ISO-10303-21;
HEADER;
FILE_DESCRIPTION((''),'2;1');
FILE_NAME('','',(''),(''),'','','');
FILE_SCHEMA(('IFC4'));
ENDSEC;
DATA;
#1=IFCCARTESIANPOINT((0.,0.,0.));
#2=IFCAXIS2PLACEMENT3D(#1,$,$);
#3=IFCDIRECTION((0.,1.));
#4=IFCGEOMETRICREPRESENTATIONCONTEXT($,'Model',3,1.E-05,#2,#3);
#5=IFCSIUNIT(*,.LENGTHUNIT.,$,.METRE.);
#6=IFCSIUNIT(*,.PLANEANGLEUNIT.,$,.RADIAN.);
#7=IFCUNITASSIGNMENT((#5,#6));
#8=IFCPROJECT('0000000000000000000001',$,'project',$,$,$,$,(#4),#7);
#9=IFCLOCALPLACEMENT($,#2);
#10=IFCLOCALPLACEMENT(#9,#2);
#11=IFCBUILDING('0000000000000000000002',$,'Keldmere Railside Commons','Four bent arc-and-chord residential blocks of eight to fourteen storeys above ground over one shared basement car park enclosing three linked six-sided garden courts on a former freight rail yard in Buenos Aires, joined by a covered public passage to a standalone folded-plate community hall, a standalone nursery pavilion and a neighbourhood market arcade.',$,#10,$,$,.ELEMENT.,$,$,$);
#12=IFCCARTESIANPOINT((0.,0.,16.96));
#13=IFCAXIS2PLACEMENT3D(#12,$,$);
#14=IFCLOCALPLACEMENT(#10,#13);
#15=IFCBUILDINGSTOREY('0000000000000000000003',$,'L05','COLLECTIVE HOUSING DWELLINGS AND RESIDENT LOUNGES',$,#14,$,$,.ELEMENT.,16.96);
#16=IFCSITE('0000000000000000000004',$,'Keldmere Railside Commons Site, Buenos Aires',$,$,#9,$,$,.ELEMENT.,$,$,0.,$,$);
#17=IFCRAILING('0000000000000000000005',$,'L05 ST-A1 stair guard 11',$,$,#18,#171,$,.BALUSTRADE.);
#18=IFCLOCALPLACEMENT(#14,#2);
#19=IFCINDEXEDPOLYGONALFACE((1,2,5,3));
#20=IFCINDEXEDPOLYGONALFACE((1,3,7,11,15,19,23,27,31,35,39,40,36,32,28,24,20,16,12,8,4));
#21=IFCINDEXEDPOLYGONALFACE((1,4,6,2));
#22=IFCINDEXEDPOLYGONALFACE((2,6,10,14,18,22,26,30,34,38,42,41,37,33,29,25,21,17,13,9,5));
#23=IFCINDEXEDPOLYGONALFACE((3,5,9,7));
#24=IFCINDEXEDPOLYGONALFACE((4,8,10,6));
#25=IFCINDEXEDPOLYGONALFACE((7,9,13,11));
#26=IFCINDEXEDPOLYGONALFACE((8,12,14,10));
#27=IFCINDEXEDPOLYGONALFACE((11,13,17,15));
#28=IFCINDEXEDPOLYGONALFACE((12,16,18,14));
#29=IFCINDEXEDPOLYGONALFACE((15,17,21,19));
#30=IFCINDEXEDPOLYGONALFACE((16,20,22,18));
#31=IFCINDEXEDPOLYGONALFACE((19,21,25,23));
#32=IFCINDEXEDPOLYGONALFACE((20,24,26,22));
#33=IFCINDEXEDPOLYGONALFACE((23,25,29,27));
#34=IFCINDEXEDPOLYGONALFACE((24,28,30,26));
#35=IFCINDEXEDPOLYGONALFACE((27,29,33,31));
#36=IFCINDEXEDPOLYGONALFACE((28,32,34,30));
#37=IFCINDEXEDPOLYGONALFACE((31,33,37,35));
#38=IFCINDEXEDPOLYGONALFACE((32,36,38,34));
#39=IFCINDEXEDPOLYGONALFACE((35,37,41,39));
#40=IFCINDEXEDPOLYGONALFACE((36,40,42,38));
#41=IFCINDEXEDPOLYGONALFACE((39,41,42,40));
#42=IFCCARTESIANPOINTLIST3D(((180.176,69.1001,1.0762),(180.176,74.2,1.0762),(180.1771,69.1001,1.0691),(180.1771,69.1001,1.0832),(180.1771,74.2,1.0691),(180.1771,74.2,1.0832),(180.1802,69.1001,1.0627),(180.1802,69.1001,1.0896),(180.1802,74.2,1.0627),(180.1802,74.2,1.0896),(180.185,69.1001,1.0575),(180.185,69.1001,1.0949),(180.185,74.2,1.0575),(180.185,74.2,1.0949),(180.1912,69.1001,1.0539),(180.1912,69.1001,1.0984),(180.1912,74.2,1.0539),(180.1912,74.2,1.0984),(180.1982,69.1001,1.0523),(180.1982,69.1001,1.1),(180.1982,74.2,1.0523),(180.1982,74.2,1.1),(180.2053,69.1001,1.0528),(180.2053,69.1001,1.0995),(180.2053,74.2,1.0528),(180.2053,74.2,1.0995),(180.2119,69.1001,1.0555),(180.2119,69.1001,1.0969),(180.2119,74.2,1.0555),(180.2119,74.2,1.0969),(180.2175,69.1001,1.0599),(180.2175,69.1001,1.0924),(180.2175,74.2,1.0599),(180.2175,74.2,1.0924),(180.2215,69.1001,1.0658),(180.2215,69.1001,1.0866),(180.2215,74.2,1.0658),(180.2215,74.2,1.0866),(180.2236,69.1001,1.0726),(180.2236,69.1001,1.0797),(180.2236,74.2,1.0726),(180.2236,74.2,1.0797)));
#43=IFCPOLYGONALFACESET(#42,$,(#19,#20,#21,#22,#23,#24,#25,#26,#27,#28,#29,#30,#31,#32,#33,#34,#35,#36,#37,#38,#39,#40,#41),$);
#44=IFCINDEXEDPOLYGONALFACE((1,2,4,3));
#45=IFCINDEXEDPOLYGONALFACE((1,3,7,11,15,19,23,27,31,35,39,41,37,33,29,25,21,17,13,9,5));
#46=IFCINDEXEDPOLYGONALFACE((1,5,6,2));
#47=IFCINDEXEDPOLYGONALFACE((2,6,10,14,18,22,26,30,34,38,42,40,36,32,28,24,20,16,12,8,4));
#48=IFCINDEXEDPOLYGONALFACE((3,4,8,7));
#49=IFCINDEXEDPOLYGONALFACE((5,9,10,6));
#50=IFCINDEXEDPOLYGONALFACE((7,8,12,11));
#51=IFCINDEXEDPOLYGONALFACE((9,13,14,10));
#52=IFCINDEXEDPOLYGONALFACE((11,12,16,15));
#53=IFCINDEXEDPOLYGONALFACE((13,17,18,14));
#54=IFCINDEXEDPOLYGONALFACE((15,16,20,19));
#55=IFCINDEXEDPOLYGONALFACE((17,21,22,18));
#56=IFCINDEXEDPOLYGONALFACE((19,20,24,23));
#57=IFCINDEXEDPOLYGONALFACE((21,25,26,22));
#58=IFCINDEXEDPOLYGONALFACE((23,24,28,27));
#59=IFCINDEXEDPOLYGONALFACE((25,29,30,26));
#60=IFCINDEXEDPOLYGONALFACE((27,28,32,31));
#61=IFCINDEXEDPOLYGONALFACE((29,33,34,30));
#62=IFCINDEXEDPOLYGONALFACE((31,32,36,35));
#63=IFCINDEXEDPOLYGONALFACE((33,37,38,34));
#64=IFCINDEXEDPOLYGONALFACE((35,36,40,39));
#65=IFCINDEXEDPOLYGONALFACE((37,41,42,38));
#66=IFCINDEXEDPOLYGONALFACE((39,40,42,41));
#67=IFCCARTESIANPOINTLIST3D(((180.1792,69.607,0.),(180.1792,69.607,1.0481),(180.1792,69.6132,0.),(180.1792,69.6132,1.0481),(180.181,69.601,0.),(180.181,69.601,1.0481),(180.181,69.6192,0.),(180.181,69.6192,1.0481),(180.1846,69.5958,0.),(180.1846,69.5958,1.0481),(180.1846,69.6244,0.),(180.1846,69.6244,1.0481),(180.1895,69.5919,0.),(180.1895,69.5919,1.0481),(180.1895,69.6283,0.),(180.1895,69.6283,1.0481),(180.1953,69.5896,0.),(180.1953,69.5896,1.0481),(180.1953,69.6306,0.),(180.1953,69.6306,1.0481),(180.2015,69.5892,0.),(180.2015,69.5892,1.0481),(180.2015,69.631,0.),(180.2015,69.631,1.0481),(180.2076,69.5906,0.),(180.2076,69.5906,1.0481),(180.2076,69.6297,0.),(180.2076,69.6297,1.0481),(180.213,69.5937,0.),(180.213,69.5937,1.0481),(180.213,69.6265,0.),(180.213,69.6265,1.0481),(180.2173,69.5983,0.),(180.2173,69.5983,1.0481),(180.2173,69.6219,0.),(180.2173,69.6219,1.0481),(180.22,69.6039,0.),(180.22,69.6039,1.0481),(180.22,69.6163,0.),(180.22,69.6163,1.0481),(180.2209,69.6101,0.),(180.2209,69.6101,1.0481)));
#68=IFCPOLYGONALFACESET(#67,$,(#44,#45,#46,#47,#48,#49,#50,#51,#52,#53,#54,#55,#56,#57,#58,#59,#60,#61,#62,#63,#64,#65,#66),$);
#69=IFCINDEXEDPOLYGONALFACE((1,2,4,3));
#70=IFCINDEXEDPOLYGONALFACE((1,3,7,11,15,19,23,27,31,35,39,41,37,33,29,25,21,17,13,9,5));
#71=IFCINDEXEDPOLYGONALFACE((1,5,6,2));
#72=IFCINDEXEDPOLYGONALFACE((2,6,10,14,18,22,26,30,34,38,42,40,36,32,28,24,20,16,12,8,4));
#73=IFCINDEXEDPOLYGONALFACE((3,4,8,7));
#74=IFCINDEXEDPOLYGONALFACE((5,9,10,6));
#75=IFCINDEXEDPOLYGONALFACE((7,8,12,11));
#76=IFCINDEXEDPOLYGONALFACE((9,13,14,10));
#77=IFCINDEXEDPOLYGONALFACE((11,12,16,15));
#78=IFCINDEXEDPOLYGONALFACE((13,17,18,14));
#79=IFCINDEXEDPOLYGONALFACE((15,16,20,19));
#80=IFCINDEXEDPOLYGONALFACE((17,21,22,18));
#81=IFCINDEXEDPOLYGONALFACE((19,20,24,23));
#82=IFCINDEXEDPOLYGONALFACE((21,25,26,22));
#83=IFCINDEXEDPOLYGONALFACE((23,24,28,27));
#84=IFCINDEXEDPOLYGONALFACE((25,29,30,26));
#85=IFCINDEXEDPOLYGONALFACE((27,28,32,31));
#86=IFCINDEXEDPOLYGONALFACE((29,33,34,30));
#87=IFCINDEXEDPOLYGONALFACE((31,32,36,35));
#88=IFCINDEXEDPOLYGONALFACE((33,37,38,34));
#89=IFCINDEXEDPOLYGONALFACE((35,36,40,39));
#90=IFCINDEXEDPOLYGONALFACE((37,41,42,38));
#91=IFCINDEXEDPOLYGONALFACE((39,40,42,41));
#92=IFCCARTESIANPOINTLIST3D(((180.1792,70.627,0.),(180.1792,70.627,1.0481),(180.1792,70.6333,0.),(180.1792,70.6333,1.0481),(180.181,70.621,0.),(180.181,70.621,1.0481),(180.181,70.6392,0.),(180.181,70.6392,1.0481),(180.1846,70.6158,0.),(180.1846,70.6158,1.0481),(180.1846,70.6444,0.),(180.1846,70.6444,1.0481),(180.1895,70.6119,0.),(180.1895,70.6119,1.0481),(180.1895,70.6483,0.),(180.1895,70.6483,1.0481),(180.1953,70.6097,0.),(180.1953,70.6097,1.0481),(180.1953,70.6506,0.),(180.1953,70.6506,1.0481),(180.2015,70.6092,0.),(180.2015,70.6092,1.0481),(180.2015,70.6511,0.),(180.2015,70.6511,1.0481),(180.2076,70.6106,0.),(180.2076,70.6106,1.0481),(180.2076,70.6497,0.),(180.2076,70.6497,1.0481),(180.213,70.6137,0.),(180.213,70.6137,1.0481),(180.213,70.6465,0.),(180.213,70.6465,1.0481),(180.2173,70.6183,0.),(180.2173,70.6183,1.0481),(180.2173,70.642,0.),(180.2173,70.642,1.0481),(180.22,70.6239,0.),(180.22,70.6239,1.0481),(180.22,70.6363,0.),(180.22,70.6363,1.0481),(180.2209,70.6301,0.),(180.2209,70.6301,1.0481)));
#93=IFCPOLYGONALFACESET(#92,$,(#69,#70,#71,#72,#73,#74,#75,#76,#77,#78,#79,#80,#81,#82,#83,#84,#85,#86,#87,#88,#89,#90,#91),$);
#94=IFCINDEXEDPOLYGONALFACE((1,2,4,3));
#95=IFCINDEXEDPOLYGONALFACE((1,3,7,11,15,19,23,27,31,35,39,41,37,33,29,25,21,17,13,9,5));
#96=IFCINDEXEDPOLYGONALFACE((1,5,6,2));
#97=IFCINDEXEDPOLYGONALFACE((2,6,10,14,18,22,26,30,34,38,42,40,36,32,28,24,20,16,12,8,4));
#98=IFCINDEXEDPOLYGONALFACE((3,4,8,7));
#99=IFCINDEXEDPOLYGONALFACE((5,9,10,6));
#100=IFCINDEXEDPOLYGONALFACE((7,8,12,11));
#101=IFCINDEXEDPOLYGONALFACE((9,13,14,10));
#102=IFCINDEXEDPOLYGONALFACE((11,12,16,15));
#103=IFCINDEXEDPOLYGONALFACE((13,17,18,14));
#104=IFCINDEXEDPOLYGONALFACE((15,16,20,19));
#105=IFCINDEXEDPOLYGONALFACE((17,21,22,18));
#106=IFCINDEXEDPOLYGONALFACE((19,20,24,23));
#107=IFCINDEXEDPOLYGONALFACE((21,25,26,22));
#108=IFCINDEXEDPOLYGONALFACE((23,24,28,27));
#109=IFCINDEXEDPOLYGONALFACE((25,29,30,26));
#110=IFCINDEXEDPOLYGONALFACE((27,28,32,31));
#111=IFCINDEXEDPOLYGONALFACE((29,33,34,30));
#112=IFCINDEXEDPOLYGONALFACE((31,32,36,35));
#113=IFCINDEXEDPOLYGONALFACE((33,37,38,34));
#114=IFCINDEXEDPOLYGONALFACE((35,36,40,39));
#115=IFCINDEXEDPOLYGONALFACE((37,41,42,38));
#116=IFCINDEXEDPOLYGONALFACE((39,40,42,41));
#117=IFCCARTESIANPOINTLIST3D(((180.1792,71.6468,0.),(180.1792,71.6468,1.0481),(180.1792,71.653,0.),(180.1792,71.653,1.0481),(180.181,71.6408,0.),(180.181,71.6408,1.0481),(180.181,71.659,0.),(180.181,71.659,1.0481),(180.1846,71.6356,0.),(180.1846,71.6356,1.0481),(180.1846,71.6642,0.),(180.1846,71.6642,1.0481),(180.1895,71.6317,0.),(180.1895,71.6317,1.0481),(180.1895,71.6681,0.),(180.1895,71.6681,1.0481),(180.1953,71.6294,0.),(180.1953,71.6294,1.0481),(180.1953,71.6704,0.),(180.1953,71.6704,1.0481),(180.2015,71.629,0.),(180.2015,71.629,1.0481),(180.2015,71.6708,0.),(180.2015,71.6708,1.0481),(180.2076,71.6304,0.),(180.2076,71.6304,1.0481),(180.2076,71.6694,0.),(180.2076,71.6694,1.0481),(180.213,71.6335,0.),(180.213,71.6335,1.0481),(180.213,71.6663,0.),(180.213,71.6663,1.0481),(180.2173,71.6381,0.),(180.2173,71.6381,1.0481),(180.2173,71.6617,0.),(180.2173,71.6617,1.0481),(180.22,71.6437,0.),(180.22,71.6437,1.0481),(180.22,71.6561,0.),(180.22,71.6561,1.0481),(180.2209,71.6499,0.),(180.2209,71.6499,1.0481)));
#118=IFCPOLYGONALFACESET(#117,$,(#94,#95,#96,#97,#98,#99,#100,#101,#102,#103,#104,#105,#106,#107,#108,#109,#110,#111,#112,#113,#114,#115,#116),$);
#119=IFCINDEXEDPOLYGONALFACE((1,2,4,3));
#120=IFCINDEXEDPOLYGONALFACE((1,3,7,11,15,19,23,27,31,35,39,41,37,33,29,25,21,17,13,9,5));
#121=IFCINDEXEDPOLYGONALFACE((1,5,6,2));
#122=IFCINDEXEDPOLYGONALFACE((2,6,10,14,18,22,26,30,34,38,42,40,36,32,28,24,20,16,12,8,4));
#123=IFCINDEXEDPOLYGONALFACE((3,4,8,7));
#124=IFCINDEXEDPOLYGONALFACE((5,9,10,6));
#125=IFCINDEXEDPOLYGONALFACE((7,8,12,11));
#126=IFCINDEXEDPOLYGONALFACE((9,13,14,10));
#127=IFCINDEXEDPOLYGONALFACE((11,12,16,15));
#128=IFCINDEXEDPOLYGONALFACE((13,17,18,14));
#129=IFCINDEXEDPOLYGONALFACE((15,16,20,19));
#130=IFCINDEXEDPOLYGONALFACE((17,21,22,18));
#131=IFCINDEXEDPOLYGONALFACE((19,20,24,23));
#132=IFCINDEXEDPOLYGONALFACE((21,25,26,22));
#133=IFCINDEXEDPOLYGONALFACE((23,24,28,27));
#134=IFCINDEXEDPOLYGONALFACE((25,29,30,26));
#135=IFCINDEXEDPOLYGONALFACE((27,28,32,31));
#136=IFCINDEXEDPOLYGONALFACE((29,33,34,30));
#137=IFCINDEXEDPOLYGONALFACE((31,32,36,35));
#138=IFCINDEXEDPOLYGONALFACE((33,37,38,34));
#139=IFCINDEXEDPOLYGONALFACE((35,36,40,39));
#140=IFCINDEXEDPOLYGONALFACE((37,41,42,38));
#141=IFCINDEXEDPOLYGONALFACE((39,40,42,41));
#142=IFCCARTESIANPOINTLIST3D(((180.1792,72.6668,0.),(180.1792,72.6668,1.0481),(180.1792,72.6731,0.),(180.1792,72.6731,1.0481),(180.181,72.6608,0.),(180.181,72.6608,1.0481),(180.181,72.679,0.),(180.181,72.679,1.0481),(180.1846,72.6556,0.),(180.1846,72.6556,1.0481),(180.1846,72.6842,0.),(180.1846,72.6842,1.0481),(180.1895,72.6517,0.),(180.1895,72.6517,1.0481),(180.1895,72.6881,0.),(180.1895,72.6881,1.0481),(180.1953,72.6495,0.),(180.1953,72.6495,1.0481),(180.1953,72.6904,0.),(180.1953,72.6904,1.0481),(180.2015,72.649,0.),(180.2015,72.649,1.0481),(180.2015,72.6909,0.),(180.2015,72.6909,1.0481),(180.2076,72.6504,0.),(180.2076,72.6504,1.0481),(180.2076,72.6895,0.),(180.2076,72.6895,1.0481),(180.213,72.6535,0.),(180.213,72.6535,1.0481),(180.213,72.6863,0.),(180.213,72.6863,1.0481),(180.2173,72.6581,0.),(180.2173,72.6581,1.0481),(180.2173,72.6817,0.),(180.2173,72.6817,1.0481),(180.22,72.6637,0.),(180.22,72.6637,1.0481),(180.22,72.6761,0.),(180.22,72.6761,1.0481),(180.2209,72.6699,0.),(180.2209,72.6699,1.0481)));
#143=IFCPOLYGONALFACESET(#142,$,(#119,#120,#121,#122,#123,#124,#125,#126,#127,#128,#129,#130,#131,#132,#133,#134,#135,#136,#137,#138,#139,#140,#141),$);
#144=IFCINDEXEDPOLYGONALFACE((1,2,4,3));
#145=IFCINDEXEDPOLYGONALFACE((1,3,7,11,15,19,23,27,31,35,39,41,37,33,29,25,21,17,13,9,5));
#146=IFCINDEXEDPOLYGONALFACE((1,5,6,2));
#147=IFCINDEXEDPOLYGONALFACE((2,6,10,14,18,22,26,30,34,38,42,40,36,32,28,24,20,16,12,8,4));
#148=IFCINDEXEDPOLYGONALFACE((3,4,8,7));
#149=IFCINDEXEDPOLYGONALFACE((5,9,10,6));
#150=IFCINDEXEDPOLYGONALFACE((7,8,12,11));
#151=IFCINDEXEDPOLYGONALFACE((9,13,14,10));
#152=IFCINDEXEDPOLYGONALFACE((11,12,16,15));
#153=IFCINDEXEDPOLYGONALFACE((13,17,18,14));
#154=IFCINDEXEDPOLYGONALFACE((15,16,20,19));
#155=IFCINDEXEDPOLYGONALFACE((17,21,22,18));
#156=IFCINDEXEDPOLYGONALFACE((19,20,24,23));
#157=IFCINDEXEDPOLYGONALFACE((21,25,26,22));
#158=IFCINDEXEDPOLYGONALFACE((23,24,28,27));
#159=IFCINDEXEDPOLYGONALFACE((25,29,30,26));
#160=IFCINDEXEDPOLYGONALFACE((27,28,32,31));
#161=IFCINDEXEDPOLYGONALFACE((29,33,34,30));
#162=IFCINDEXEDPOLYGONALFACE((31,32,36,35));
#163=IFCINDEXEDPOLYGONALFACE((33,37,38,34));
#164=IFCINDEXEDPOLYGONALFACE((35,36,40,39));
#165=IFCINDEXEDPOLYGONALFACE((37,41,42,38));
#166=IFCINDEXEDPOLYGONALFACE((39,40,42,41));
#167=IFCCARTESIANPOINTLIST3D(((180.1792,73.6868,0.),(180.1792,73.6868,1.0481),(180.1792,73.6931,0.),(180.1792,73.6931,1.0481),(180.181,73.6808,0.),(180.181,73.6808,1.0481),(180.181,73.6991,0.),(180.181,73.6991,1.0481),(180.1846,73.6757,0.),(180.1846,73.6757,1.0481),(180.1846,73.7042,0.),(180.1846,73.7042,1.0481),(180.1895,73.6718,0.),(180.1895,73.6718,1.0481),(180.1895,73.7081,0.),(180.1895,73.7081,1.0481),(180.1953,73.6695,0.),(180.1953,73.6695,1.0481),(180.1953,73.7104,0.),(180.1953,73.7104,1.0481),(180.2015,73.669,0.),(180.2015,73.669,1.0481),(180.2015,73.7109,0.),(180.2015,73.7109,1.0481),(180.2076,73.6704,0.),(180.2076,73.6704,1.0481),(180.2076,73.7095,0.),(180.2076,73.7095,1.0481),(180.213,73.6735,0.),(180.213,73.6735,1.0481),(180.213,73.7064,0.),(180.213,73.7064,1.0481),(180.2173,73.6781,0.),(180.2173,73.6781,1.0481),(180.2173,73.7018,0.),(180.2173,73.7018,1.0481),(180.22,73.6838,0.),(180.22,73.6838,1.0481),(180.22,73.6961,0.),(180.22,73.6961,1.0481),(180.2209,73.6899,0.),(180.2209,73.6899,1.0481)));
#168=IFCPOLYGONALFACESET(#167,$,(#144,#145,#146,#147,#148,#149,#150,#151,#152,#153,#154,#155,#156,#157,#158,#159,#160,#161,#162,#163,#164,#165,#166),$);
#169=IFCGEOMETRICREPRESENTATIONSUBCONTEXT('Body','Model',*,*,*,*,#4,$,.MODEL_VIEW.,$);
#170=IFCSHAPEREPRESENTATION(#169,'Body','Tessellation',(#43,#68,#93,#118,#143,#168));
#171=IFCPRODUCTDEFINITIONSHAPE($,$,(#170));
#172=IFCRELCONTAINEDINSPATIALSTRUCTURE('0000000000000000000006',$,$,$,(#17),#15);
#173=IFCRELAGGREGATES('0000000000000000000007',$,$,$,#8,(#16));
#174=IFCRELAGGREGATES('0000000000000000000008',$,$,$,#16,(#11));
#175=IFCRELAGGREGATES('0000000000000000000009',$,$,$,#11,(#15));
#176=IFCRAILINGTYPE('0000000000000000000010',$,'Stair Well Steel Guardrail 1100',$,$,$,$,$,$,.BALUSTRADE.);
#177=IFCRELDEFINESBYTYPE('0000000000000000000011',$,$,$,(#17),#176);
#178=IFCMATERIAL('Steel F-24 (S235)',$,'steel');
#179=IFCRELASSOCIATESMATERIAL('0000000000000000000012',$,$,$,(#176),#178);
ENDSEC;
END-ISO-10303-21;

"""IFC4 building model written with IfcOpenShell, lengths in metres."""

from ifc_helpers import new_model, si_unit, direction, frame, origin, origin_2d, place, context, subcontext, project, spatial, circle, extrude, material, type_object, element, save


model = new_model("IFC4")

# Units and contexts
model_context = context("Model", 3, precision=1e-05, world=origin(), true_north=direction((0.0, 1.0)))
body_context = subcontext(model_context, "Body", "Model", "MODEL_VIEW")
ifc_project = project(units=[si_unit("LENGTHUNIT", "METRE"), si_unit("PLANEANGLEUNIT", "RADIAN")], contexts=[model_context])

# Site, building, storey
site_placement = place(None, origin())
site = spatial("IfcSite", under=ifc_project, at=site_placement, Name="Keldmere Railside Commons Site, Buenos Aires", CompositionType="ELEMENT", RefElevation=0.0)
building_placement = place(site_placement, origin())
building = spatial("IfcBuilding", under=site, at=building_placement, Name="Keldmere Railside Commons", Description="Four bent arc-and-chord residential blocks of eight to fourteen storeys above ground over one shared basement car park enclosing three linked six-sided garden courts on a former freight rail yard in Buenos Aires, joined by a covered public passage to a standalone folded-plate community hall, a standalone nursery pavilion and a neighbourhood market arcade.", CompositionType="ELEMENT")
storey_placement = place(building_placement, frame((0.0, 0.0, 16.96)))
storey = spatial("IfcBuildingStorey", under=building, at=storey_placement, Name="L05", Description="COLLECTIVE HOUSING DWELLINGS AND RESIDENT LOUNGES", CompositionType="ELEMENT", Elevation=16.96)

# Shared definitions
ifc_material_1 = material(Name="Steel F-24 (S235)", Category="steel")

# Railing
railing_type_1 = type_object("IfcRailingType", Name="Stair Well Steel Guardrail 1100", PredefinedType="BALUSTRADE", material=ifc_material_1)
railing_1_placement = place(storey_placement, frame((180.2, 69.1001, 0.0)))
element("IfcRailing", 1, at=railing_1_placement, inside=storey, type_object=railing_type_1, Name="L05 ST-A1 stair guard 11", PredefinedType="BALUSTRADE", context=body_context, shape_type="SweptSolid", body=[
    extrude(circle(Radius=0.0239, at=origin_2d()), frame((0.0, 0.0, 1.0762), z_axis=(0.0, 1.0, 0.0), x_axis=(-1.0, 0.0, 0.0)), (0.0, 0.0, 1.0), 5.0999),
    extrude(circle(Radius=0.021, at=origin_2d()), frame((0.0, 0.51, 0.0)), (0.0, 0.0, 1.0), 1.0481),
    extrude(circle(Radius=0.021, at=origin_2d()), frame((0.0, 1.53, 0.0)), (0.0, 0.0, 1.0), 1.0481),
    extrude(circle(Radius=0.021, at=origin_2d()), frame((0.0, 2.5498, 0.0)), (0.0, 0.0, 1.0), 1.0481),
    extrude(circle(Radius=0.021, at=origin_2d()), frame((0.0, 3.5698, 0.0)), (0.0, 0.0, 1.0), 1.0481),
    extrude(circle(Radius=0.021, at=origin_2d()), frame((0.0, 4.5898, 0.0)), (0.0, 0.0, 1.0), 1.0481),
])

save(model, "model.ifc")
